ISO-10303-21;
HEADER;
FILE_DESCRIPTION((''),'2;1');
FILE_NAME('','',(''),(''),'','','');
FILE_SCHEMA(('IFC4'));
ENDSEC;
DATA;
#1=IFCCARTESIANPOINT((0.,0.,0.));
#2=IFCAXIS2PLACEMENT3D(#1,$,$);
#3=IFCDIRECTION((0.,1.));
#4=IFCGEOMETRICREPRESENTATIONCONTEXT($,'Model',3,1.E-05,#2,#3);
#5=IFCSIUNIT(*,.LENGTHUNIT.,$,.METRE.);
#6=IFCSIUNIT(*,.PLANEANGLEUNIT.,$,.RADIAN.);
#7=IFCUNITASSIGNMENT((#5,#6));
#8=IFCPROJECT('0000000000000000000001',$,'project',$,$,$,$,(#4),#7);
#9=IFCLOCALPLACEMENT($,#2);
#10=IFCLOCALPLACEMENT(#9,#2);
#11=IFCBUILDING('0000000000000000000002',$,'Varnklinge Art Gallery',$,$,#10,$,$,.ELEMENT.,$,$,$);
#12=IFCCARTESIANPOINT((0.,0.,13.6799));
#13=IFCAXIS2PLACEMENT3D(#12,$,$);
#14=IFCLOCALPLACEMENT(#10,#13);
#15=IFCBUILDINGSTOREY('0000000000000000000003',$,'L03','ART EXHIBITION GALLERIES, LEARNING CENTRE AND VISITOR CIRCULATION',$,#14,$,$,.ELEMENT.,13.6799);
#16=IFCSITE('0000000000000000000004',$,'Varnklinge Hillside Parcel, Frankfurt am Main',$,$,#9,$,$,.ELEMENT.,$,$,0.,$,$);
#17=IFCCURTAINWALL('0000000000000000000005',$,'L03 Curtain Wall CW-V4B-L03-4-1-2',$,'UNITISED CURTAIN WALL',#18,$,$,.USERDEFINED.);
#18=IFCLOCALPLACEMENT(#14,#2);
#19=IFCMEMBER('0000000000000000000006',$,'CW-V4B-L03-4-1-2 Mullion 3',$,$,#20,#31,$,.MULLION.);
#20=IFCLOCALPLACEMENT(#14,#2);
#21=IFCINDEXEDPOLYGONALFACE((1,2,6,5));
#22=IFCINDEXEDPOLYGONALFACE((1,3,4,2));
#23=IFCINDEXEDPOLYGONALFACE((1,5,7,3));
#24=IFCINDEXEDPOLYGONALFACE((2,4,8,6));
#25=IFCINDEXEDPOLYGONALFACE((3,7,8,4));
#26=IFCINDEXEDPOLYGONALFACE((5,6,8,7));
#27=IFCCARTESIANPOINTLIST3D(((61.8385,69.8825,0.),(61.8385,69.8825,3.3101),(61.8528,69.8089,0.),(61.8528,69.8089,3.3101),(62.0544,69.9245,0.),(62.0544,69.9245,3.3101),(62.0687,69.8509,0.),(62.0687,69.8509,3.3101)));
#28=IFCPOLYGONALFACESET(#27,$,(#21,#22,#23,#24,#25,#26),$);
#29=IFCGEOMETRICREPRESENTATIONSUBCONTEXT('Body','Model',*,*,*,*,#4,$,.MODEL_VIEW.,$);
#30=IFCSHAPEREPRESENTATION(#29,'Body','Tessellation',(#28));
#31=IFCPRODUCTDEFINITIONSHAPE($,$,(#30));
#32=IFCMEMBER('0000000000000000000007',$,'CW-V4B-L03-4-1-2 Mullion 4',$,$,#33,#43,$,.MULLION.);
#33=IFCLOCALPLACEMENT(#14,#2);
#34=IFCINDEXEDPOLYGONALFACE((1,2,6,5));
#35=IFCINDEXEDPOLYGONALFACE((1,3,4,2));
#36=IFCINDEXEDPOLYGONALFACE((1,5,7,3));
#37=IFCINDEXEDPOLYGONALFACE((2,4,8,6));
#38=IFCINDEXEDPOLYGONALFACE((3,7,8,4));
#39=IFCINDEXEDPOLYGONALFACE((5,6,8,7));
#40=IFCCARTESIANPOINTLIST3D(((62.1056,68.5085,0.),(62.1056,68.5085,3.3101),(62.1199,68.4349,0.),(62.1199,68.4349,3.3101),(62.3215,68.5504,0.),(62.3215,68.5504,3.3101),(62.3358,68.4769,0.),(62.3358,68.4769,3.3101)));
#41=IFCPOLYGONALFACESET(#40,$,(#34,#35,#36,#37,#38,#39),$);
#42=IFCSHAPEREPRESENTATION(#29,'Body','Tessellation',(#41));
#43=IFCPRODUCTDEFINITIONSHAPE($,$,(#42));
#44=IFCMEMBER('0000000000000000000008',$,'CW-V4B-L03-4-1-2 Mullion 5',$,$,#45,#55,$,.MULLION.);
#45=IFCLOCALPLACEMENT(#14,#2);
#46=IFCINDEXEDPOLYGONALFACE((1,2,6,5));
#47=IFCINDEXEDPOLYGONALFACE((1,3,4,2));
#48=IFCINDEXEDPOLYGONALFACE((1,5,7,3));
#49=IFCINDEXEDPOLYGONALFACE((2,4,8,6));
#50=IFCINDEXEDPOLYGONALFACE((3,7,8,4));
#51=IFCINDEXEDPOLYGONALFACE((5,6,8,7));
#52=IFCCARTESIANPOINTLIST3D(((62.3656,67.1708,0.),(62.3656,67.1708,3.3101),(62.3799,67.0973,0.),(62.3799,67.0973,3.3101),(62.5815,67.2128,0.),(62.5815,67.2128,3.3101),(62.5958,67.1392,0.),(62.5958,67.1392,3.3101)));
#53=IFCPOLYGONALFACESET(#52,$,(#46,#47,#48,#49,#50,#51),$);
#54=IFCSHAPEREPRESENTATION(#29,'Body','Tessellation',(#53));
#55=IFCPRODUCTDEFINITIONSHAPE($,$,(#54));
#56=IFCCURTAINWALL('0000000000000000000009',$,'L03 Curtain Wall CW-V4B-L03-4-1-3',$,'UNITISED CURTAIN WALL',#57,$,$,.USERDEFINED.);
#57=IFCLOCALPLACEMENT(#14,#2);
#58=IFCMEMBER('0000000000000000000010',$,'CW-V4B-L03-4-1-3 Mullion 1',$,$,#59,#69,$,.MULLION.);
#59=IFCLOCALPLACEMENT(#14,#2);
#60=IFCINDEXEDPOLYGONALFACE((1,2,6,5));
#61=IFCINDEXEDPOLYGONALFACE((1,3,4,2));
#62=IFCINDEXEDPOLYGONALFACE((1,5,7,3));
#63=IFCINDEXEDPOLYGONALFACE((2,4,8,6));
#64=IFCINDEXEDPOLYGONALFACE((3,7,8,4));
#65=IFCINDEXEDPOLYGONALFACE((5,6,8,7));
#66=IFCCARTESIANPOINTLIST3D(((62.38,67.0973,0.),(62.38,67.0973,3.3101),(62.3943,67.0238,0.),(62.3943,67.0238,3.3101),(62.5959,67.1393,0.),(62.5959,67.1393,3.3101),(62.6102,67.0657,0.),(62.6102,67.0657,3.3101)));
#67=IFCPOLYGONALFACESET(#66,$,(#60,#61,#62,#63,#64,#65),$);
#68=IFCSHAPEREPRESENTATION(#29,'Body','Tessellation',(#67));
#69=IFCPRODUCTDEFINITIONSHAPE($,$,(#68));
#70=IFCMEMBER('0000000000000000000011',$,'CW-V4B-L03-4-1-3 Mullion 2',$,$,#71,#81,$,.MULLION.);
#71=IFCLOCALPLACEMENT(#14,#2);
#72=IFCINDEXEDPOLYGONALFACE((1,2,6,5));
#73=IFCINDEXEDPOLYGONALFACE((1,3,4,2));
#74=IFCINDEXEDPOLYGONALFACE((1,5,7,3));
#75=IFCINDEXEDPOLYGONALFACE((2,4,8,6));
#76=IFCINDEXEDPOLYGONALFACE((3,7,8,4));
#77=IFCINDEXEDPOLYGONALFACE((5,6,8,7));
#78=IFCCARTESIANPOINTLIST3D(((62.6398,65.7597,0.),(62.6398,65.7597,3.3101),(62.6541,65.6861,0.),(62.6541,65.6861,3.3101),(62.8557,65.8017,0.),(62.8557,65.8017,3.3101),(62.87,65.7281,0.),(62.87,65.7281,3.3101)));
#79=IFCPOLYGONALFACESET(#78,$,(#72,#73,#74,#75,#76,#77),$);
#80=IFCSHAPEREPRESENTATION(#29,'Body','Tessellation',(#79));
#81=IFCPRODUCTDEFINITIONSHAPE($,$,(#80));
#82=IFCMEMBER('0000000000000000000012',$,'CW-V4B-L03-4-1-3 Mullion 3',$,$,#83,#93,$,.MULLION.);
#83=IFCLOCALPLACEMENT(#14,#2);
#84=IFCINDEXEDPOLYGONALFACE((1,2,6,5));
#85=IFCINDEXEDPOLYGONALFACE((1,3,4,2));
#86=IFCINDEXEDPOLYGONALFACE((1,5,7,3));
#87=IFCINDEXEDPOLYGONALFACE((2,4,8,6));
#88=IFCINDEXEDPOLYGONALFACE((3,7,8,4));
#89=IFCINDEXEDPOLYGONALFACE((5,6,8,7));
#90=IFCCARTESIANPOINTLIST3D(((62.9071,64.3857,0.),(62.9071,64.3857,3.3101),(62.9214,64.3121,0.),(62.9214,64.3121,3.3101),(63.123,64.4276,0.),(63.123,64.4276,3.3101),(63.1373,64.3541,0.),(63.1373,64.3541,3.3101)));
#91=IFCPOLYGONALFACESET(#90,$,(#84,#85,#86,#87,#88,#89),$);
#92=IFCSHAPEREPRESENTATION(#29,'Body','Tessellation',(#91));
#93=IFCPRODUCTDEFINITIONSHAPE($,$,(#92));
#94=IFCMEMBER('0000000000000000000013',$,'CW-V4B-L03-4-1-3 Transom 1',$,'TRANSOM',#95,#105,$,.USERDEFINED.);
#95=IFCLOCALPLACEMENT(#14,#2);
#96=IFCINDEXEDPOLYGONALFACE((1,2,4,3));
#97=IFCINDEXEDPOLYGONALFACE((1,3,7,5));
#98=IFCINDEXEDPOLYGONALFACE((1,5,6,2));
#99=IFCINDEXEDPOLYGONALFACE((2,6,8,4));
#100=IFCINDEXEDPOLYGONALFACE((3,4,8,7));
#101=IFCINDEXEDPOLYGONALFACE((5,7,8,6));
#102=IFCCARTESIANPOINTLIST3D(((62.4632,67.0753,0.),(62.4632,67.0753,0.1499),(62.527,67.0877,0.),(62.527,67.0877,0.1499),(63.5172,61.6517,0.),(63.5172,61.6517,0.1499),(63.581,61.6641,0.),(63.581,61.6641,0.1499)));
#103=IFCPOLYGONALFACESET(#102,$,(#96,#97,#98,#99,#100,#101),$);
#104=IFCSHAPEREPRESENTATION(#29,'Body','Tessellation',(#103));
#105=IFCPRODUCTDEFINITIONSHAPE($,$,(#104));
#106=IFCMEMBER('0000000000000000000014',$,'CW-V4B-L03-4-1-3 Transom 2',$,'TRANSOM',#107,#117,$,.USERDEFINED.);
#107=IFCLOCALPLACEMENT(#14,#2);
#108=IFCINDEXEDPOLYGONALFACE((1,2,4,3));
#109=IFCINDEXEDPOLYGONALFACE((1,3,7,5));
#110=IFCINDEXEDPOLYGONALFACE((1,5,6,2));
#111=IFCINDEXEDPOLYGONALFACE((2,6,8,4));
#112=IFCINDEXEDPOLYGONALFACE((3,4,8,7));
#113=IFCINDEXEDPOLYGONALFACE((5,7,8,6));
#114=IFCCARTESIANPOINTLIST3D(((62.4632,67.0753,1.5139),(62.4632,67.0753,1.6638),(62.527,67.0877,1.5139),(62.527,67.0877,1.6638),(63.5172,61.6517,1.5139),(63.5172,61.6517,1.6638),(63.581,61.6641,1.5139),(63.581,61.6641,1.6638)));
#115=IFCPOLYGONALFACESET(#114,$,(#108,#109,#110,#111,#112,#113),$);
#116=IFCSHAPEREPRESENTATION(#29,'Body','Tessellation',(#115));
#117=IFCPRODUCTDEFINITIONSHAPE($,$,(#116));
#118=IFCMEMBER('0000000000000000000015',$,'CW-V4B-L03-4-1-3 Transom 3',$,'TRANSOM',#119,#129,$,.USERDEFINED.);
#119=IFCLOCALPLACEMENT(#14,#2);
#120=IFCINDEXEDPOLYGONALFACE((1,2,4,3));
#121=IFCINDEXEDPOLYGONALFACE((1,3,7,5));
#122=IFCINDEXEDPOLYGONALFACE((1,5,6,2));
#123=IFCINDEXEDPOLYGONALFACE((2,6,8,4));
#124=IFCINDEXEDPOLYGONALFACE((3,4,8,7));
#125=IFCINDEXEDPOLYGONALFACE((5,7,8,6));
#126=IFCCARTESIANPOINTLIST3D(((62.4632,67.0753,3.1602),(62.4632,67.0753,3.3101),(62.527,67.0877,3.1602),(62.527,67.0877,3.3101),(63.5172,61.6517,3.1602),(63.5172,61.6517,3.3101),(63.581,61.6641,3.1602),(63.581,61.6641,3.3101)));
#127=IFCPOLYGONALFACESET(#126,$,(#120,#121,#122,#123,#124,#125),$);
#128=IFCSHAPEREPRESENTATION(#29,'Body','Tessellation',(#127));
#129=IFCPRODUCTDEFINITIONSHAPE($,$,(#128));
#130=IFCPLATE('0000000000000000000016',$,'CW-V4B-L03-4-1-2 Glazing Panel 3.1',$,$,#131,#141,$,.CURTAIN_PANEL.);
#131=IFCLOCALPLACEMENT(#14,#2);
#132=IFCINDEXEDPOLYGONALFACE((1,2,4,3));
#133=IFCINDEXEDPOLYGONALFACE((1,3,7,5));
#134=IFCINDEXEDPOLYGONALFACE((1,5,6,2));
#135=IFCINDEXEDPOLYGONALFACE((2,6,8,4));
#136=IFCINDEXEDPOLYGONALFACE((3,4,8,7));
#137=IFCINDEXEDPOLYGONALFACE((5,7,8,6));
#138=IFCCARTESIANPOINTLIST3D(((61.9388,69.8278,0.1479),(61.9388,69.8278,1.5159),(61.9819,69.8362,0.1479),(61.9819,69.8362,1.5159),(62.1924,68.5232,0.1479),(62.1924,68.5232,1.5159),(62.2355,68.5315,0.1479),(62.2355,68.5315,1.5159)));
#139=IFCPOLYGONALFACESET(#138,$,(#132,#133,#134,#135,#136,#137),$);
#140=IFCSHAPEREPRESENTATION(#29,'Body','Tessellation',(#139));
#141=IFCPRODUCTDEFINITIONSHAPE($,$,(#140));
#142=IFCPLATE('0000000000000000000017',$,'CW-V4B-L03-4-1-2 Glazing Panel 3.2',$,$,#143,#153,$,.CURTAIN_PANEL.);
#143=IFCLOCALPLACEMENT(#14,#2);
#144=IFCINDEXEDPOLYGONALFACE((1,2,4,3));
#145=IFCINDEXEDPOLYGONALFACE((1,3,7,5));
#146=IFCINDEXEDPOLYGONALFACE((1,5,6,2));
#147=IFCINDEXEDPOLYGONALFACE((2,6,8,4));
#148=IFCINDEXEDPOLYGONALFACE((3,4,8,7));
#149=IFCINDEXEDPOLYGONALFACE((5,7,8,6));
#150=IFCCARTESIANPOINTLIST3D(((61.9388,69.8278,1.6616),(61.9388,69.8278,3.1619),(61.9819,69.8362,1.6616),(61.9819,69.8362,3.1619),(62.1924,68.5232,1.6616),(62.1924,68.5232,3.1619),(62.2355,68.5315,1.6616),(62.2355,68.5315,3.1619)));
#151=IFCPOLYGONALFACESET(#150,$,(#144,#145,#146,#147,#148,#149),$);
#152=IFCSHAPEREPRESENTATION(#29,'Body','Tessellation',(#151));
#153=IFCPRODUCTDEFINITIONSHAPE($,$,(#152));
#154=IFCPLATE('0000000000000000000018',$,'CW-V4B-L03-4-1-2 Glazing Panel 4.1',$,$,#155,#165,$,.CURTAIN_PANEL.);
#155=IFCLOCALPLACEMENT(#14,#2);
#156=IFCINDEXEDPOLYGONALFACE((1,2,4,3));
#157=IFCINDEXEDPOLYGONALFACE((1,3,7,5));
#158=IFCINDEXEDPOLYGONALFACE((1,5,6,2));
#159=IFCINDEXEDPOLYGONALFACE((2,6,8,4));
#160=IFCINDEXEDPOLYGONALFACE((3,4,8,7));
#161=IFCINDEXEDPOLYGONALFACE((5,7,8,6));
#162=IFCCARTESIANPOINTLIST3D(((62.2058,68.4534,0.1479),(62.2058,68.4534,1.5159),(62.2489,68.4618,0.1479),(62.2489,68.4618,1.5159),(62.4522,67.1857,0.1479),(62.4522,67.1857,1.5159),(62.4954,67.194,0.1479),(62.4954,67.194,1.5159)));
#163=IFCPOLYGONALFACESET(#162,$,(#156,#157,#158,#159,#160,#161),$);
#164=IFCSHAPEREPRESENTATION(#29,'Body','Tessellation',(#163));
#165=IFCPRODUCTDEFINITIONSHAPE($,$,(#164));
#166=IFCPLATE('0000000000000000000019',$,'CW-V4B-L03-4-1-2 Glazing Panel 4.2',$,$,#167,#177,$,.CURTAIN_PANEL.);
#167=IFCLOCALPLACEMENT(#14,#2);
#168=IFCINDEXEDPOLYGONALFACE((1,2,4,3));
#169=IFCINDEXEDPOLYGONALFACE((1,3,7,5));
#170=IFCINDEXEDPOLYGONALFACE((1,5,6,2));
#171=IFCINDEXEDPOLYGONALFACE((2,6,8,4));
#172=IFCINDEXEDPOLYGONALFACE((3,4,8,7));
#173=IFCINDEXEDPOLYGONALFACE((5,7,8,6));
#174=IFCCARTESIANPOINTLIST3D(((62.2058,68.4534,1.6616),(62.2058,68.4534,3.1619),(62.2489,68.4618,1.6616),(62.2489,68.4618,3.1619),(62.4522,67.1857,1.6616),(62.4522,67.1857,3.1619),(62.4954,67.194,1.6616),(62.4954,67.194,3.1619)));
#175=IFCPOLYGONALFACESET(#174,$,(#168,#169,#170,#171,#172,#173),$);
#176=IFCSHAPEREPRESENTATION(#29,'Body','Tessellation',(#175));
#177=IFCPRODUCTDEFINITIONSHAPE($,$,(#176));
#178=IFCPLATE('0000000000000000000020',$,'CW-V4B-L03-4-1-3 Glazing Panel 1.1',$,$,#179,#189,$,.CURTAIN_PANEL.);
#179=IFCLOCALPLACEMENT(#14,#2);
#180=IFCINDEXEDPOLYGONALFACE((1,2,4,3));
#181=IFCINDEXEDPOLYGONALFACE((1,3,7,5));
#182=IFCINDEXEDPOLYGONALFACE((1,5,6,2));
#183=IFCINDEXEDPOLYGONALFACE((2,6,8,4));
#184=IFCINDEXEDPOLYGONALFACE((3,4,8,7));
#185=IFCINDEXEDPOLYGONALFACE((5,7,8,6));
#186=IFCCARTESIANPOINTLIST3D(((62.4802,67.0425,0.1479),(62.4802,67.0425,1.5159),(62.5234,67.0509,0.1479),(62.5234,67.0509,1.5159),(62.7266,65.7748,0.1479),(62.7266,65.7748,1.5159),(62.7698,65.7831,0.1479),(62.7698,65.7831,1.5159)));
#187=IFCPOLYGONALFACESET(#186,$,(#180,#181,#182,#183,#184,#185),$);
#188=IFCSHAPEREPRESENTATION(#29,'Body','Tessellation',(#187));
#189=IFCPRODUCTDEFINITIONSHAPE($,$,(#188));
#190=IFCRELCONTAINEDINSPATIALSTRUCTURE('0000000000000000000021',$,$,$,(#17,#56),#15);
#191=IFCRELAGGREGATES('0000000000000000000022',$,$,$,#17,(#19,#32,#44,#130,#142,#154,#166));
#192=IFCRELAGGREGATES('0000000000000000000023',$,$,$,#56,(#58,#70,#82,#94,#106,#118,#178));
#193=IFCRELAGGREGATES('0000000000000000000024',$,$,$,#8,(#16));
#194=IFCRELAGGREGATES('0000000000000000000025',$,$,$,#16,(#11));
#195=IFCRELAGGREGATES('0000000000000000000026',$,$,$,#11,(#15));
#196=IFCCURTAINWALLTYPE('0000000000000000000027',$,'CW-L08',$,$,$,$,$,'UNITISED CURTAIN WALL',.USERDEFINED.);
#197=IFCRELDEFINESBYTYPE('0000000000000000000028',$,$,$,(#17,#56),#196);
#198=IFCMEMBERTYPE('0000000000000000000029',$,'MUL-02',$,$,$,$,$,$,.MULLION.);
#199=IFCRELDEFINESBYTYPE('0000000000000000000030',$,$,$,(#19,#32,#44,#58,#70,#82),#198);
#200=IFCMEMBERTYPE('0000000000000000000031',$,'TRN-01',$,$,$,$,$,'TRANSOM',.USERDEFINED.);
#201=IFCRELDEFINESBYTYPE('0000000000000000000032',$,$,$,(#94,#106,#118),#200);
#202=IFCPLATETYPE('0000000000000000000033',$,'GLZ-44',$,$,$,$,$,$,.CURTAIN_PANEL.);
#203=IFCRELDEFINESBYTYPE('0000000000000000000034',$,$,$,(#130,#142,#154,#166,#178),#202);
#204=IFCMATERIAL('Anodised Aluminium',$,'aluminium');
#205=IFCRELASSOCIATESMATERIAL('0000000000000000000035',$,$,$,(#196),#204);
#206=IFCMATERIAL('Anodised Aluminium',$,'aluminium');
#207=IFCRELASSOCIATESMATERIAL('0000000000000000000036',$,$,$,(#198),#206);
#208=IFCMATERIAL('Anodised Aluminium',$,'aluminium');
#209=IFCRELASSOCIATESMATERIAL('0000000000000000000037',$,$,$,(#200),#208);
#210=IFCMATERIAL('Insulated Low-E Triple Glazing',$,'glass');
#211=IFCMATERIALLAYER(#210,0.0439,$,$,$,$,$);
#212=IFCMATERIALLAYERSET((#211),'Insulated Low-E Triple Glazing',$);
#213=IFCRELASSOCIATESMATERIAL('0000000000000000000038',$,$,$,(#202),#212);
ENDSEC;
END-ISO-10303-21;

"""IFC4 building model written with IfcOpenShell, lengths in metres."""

from ifc_helpers import new_model, si_unit, direction, frame, origin, origin_2d, place, context, subcontext, project, spatial, rectangle, extrude, material, layer, layer_set, material_profile, profile_set, type_object, element, aggregate, save


model = new_model("IFC4")

# Units and contexts
model_context = context("Model", 3, precision=1e-05, world=origin(), true_north=direction((0.0, 1.0)))
body_context = subcontext(model_context, "Body", "Model", "MODEL_VIEW")
ifc_project = project(units=[si_unit("LENGTHUNIT", "METRE"), si_unit("PLANEANGLEUNIT", "RADIAN")], contexts=[model_context])

# Site, building, storey
site_placement = place(None, origin())
site = spatial("IfcSite", under=ifc_project, at=site_placement, Name="Varnklinge Hillside Parcel, Frankfurt am Main", CompositionType="ELEMENT", RefElevation=0.0)
building_placement = place(site_placement, origin())
building = spatial("IfcBuilding", under=site, at=building_placement, Name="Varnklinge Art Gallery", CompositionType="ELEMENT")
storey_placement = place(building_placement, frame((0.0, 0.0, 13.6799)))
storey = spatial("IfcBuildingStorey", under=building, at=storey_placement, Name="L03", Description="ART EXHIBITION GALLERIES, LEARNING CENTRE AND VISITOR CIRCULATION", CompositionType="ELEMENT", Elevation=13.6799)

# Curtain walls, members
ifc_material_1 = material(Name="Anodised Aluminium", Category="aluminium")
curtain_wall_type = type_object("IfcCurtainWallType", Name="CW-L08", ElementType="UNITISED CURTAIN WALL", PredefinedType="USERDEFINED", material=ifc_material_1)
curtain_wall_1_placement = place(storey_placement, origin())
curtain_wall_1 = element("IfcCurtainWall", 1, at=curtain_wall_1_placement, inside=storey, type_object=curtain_wall_type, Name="L03 Curtain Wall CW-V4B-L03-4-1-2", ObjectType="UNITISED CURTAIN WALL", PredefinedType="USERDEFINED")
ifc_material_2 = material(Name="Anodised Aluminium", Category="aluminium")
ifc_material_profile_1 = material_profile(ifc_material_2, rectangle(XDim=0.075, YDim=0.22, at=origin_2d()), Name="ALU 75x220")
ifc_profile_set_1 = profile_set([ifc_material_profile_1], Name="Anodised Aluminium")
member_type_1 = type_object("IfcMemberType", Name="MUL-02", PredefinedType="MULLION", material=ifc_profile_set_1)
member_1_placement = place(storey_placement, frame((61.9536, 69.8667, 0.0), z_axis=(0.0, 0.0, 1.0), x_axis=(0.190809, -0.981627, 0.0)))
member_1 = element("IfcMember", 2, at=member_1_placement, type_object=member_type_1, Name="CW-V4B-L03-4-1-2 Mullion 3", PredefinedType="MULLION", context=body_context, shape_type="SweptSolid", body=[
    extrude(rectangle(XDim=0.075, YDim=0.22, at=origin_2d()), origin(), (0.0, 0.0, 1.0), 3.3101),
])
member_2_placement = place(storey_placement, frame((62.2207, 68.4927, 0.0), z_axis=(0.0, 0.0, 1.0), x_axis=(0.190809, -0.981627, 0.0)))
member_2 = element("IfcMember", 3, at=member_2_placement, type_object=member_type_1, Name="CW-V4B-L03-4-1-2 Mullion 4", PredefinedType="MULLION", context=body_context, shape_type="SweptSolid", body=[
    extrude(rectangle(XDim=0.075, YDim=0.22, at=origin_2d()), origin(), (0.0, 0.0, 1.0), 3.3101),
])
member_3_placement = place(storey_placement, frame((62.4807, 67.155, 0.0), z_axis=(0.0, 0.0, 1.0), x_axis=(0.190809, -0.981627, 0.0)))
member_3 = element("IfcMember", 4, at=member_3_placement, type_object=member_type_1, Name="CW-V4B-L03-4-1-2 Mullion 5", PredefinedType="MULLION", context=body_context, shape_type="SweptSolid", body=[
    extrude(rectangle(XDim=0.075, YDim=0.22, at=origin_2d()), origin(), (0.0, 0.0, 1.0), 3.3101),
])
curtain_wall_2_placement = place(storey_placement, origin())
curtain_wall_2 = element("IfcCurtainWall", 5, at=curtain_wall_2_placement, inside=storey, type_object=curtain_wall_type, Name="L03 Curtain Wall CW-V4B-L03-4-1-3", ObjectType="UNITISED CURTAIN WALL", PredefinedType="USERDEFINED")
member_4_placement = place(storey_placement, frame((62.4951, 67.0815, 0.0), z_axis=(0.0, 0.0, 1.0), x_axis=(0.190809, -0.981627, 0.0)))
member_4 = element("IfcMember", 6, at=member_4_placement, type_object=member_type_1, Name="CW-V4B-L03-4-1-3 Mullion 1", PredefinedType="MULLION", context=body_context, shape_type="SweptSolid", body=[
    extrude(rectangle(XDim=0.075, YDim=0.22, at=origin_2d()), origin(), (0.0, 0.0, 1.0), 3.3101),
])
member_5_placement = place(storey_placement, frame((62.7549, 65.7439, 0.0), z_axis=(0.0, 0.0, 1.0), x_axis=(0.190809, -0.981627, 0.0)))
member_5 = element("IfcMember", 7, at=member_5_placement, type_object=member_type_1, Name="CW-V4B-L03-4-1-3 Mullion 2", PredefinedType="MULLION", context=body_context, shape_type="SweptSolid", body=[
    extrude(rectangle(XDim=0.075, YDim=0.22, at=origin_2d()), origin(), (0.0, 0.0, 1.0), 3.3101),
])
member_6_placement = place(storey_placement, frame((63.0222, 64.3699, 0.0), z_axis=(0.0, 0.0, 1.0), x_axis=(0.190809, -0.981627, 0.0)))
member_6 = element("IfcMember", 8, at=member_6_placement, type_object=member_type_1, Name="CW-V4B-L03-4-1-3 Mullion 3", PredefinedType="MULLION", context=body_context, shape_type="SweptSolid", body=[
    extrude(rectangle(XDim=0.075, YDim=0.22, at=origin_2d()), origin(), (0.0, 0.0, 1.0), 3.3101),
])
ifc_material_3 = material(Name="Anodised Aluminium", Category="aluminium")
ifc_material_profile_2 = material_profile(ifc_material_3, rectangle(XDim=0.0649, YDim=0.1499, at=origin_2d()), Name="ALU 65x150")
ifc_profile_set_2 = profile_set([ifc_material_profile_2], Name="Anodised Aluminium")
member_type_2 = type_object("IfcMemberType", Name="TRN-01", ElementType="TRANSOM", PredefinedType="USERDEFINED", material=ifc_profile_set_2)
member_7_placement = place(storey_placement, frame((62.4951, 67.0815, 0.075), z_axis=(0.19076, -0.981637, 0.0), x_axis=(0.981637, 0.19076, 0.0)))
member_7 = element("IfcMember", 9, at=member_7_placement, type_object=member_type_2, Name="CW-V4B-L03-4-1-3 Transom 1", ObjectType="TRANSOM", PredefinedType="USERDEFINED", context=body_context, shape_type="SweptSolid", body=[
    extrude(rectangle(XDim=0.0649, YDim=0.1499, at=origin_2d()), origin(), (0.0, 0.0, 1.0), 5.5251),
])
member_8_placement = place(storey_placement, frame((62.4951, 67.0815, 1.5889), z_axis=(0.19076, -0.981637, 0.0), x_axis=(0.981637, 0.19076, 0.0)))
member_8 = element("IfcMember", 10, at=member_8_placement, type_object=member_type_2, Name="CW-V4B-L03-4-1-3 Transom 2", ObjectType="TRANSOM", PredefinedType="USERDEFINED", context=body_context, shape_type="SweptSolid", body=[
    extrude(rectangle(XDim=0.0649, YDim=0.1499, at=origin_2d()), origin(), (0.0, 0.0, 1.0), 5.5251),
])
member_9_placement = place(storey_placement, frame((62.4951, 67.0815, 3.2351), z_axis=(0.19076, -0.981637, 0.0), x_axis=(0.981637, 0.19076, 0.0)))
member_9 = element("IfcMember", 11, at=member_9_placement, type_object=member_type_2, Name="CW-V4B-L03-4-1-3 Transom 3", ObjectType="TRANSOM", PredefinedType="USERDEFINED", context=body_context, shape_type="SweptSolid", body=[
    extrude(rectangle(XDim=0.0649, YDim=0.1499, at=origin_2d()), origin(), (0.0, 0.0, 1.0), 5.5251),
])

# Plates
ifc_material_4 = material(Name="Insulated Low-E Triple Glazing", Category="glass")
ifc_layer_1 = layer(ifc_material_4, 0.0439)
ifc_layer_set_1 = layer_set([ifc_layer_1], Name="Insulated Low-E Triple Glazing")
plate_type = type_object("IfcPlateType", Name="GLZ-44", PredefinedType="CURTAIN_PANEL", material=ifc_layer_set_1)
plate_1_placement = place(storey_placement, frame((62.0872, 69.1797, 0.1479), z_axis=(0.0, 0.0, 1.0), x_axis=(0.190809, -0.981627, 0.0)))
plate_1 = element("IfcPlate", 12, at=plate_1_placement, type_object=plate_type, Name="CW-V4B-L03-4-1-2 Glazing Panel 3.1", PredefinedType="CURTAIN_PANEL", context=body_context, shape_type="SweptSolid", body=[
    extrude(rectangle(XDim=1.3291, YDim=0.0439, at=origin_2d()), origin(), (0.0, 0.0, 1.0), 1.3679),
])
plate_2_placement = place(storey_placement, frame((62.0872, 69.1797, 1.6616), z_axis=(0.0, 0.0, 1.0), x_axis=(0.190809, -0.981627, 0.0)))
plate_2 = element("IfcPlate", 13, at=plate_2_placement, type_object=plate_type, Name="CW-V4B-L03-4-1-2 Glazing Panel 3.2", PredefinedType="CURTAIN_PANEL", context=body_context, shape_type="SweptSolid", body=[
    extrude(rectangle(XDim=1.3291, YDim=0.0439, at=origin_2d()), origin(), (0.0, 0.0, 1.0), 1.5002),
])
plate_3_placement = place(storey_placement, frame((62.3506, 67.8237, 0.1479), z_axis=(0.0, 0.0, 1.0), x_axis=(0.190809, -0.981627, 0.0)))
plate_3 = element("IfcPlate", 14, at=plate_3_placement, type_object=plate_type, Name="CW-V4B-L03-4-1-2 Glazing Panel 4.1", PredefinedType="CURTAIN_PANEL", context=body_context, shape_type="SweptSolid", body=[
    extrude(rectangle(XDim=1.2915, YDim=0.0439, at=origin_2d()), origin(), (0.0, 0.0, 1.0), 1.3679),
])
plate_4_placement = place(storey_placement, frame((62.3506, 67.8237, 1.6616), z_axis=(0.0, 0.0, 1.0), x_axis=(0.190809, -0.981627, 0.0)))
plate_4 = element("IfcPlate", 15, at=plate_4_placement, type_object=plate_type, Name="CW-V4B-L03-4-1-2 Glazing Panel 4.2", PredefinedType="CURTAIN_PANEL", context=body_context, shape_type="SweptSolid", body=[
    extrude(rectangle(XDim=1.2915, YDim=0.0439, at=origin_2d()), origin(), (0.0, 0.0, 1.0), 1.5002),
])
aggregate(curtain_wall_1, [member_1, member_2, member_3, plate_1, plate_2, plate_3, plate_4])
plate_5_placement = place(storey_placement, frame((62.625, 66.4128, 0.1479), z_axis=(0.0, 0.0, 1.0), x_axis=(0.190809, -0.981627, 0.0)))
plate_5 = element("IfcPlate", 16, at=plate_5_placement, type_object=plate_type, Name="CW-V4B-L03-4-1-3 Glazing Panel 1.1", PredefinedType="CURTAIN_PANEL", context=body_context, shape_type="SweptSolid", body=[
    extrude(rectangle(XDim=1.2915, YDim=0.0439, at=origin_2d()), origin(), (0.0, 0.0, 1.0), 1.3679),
])
aggregate(curtain_wall_2, [member_4, member_5, member_6, member_7, member_8, member_9, plate_5])

save(model, "model.ifc")
